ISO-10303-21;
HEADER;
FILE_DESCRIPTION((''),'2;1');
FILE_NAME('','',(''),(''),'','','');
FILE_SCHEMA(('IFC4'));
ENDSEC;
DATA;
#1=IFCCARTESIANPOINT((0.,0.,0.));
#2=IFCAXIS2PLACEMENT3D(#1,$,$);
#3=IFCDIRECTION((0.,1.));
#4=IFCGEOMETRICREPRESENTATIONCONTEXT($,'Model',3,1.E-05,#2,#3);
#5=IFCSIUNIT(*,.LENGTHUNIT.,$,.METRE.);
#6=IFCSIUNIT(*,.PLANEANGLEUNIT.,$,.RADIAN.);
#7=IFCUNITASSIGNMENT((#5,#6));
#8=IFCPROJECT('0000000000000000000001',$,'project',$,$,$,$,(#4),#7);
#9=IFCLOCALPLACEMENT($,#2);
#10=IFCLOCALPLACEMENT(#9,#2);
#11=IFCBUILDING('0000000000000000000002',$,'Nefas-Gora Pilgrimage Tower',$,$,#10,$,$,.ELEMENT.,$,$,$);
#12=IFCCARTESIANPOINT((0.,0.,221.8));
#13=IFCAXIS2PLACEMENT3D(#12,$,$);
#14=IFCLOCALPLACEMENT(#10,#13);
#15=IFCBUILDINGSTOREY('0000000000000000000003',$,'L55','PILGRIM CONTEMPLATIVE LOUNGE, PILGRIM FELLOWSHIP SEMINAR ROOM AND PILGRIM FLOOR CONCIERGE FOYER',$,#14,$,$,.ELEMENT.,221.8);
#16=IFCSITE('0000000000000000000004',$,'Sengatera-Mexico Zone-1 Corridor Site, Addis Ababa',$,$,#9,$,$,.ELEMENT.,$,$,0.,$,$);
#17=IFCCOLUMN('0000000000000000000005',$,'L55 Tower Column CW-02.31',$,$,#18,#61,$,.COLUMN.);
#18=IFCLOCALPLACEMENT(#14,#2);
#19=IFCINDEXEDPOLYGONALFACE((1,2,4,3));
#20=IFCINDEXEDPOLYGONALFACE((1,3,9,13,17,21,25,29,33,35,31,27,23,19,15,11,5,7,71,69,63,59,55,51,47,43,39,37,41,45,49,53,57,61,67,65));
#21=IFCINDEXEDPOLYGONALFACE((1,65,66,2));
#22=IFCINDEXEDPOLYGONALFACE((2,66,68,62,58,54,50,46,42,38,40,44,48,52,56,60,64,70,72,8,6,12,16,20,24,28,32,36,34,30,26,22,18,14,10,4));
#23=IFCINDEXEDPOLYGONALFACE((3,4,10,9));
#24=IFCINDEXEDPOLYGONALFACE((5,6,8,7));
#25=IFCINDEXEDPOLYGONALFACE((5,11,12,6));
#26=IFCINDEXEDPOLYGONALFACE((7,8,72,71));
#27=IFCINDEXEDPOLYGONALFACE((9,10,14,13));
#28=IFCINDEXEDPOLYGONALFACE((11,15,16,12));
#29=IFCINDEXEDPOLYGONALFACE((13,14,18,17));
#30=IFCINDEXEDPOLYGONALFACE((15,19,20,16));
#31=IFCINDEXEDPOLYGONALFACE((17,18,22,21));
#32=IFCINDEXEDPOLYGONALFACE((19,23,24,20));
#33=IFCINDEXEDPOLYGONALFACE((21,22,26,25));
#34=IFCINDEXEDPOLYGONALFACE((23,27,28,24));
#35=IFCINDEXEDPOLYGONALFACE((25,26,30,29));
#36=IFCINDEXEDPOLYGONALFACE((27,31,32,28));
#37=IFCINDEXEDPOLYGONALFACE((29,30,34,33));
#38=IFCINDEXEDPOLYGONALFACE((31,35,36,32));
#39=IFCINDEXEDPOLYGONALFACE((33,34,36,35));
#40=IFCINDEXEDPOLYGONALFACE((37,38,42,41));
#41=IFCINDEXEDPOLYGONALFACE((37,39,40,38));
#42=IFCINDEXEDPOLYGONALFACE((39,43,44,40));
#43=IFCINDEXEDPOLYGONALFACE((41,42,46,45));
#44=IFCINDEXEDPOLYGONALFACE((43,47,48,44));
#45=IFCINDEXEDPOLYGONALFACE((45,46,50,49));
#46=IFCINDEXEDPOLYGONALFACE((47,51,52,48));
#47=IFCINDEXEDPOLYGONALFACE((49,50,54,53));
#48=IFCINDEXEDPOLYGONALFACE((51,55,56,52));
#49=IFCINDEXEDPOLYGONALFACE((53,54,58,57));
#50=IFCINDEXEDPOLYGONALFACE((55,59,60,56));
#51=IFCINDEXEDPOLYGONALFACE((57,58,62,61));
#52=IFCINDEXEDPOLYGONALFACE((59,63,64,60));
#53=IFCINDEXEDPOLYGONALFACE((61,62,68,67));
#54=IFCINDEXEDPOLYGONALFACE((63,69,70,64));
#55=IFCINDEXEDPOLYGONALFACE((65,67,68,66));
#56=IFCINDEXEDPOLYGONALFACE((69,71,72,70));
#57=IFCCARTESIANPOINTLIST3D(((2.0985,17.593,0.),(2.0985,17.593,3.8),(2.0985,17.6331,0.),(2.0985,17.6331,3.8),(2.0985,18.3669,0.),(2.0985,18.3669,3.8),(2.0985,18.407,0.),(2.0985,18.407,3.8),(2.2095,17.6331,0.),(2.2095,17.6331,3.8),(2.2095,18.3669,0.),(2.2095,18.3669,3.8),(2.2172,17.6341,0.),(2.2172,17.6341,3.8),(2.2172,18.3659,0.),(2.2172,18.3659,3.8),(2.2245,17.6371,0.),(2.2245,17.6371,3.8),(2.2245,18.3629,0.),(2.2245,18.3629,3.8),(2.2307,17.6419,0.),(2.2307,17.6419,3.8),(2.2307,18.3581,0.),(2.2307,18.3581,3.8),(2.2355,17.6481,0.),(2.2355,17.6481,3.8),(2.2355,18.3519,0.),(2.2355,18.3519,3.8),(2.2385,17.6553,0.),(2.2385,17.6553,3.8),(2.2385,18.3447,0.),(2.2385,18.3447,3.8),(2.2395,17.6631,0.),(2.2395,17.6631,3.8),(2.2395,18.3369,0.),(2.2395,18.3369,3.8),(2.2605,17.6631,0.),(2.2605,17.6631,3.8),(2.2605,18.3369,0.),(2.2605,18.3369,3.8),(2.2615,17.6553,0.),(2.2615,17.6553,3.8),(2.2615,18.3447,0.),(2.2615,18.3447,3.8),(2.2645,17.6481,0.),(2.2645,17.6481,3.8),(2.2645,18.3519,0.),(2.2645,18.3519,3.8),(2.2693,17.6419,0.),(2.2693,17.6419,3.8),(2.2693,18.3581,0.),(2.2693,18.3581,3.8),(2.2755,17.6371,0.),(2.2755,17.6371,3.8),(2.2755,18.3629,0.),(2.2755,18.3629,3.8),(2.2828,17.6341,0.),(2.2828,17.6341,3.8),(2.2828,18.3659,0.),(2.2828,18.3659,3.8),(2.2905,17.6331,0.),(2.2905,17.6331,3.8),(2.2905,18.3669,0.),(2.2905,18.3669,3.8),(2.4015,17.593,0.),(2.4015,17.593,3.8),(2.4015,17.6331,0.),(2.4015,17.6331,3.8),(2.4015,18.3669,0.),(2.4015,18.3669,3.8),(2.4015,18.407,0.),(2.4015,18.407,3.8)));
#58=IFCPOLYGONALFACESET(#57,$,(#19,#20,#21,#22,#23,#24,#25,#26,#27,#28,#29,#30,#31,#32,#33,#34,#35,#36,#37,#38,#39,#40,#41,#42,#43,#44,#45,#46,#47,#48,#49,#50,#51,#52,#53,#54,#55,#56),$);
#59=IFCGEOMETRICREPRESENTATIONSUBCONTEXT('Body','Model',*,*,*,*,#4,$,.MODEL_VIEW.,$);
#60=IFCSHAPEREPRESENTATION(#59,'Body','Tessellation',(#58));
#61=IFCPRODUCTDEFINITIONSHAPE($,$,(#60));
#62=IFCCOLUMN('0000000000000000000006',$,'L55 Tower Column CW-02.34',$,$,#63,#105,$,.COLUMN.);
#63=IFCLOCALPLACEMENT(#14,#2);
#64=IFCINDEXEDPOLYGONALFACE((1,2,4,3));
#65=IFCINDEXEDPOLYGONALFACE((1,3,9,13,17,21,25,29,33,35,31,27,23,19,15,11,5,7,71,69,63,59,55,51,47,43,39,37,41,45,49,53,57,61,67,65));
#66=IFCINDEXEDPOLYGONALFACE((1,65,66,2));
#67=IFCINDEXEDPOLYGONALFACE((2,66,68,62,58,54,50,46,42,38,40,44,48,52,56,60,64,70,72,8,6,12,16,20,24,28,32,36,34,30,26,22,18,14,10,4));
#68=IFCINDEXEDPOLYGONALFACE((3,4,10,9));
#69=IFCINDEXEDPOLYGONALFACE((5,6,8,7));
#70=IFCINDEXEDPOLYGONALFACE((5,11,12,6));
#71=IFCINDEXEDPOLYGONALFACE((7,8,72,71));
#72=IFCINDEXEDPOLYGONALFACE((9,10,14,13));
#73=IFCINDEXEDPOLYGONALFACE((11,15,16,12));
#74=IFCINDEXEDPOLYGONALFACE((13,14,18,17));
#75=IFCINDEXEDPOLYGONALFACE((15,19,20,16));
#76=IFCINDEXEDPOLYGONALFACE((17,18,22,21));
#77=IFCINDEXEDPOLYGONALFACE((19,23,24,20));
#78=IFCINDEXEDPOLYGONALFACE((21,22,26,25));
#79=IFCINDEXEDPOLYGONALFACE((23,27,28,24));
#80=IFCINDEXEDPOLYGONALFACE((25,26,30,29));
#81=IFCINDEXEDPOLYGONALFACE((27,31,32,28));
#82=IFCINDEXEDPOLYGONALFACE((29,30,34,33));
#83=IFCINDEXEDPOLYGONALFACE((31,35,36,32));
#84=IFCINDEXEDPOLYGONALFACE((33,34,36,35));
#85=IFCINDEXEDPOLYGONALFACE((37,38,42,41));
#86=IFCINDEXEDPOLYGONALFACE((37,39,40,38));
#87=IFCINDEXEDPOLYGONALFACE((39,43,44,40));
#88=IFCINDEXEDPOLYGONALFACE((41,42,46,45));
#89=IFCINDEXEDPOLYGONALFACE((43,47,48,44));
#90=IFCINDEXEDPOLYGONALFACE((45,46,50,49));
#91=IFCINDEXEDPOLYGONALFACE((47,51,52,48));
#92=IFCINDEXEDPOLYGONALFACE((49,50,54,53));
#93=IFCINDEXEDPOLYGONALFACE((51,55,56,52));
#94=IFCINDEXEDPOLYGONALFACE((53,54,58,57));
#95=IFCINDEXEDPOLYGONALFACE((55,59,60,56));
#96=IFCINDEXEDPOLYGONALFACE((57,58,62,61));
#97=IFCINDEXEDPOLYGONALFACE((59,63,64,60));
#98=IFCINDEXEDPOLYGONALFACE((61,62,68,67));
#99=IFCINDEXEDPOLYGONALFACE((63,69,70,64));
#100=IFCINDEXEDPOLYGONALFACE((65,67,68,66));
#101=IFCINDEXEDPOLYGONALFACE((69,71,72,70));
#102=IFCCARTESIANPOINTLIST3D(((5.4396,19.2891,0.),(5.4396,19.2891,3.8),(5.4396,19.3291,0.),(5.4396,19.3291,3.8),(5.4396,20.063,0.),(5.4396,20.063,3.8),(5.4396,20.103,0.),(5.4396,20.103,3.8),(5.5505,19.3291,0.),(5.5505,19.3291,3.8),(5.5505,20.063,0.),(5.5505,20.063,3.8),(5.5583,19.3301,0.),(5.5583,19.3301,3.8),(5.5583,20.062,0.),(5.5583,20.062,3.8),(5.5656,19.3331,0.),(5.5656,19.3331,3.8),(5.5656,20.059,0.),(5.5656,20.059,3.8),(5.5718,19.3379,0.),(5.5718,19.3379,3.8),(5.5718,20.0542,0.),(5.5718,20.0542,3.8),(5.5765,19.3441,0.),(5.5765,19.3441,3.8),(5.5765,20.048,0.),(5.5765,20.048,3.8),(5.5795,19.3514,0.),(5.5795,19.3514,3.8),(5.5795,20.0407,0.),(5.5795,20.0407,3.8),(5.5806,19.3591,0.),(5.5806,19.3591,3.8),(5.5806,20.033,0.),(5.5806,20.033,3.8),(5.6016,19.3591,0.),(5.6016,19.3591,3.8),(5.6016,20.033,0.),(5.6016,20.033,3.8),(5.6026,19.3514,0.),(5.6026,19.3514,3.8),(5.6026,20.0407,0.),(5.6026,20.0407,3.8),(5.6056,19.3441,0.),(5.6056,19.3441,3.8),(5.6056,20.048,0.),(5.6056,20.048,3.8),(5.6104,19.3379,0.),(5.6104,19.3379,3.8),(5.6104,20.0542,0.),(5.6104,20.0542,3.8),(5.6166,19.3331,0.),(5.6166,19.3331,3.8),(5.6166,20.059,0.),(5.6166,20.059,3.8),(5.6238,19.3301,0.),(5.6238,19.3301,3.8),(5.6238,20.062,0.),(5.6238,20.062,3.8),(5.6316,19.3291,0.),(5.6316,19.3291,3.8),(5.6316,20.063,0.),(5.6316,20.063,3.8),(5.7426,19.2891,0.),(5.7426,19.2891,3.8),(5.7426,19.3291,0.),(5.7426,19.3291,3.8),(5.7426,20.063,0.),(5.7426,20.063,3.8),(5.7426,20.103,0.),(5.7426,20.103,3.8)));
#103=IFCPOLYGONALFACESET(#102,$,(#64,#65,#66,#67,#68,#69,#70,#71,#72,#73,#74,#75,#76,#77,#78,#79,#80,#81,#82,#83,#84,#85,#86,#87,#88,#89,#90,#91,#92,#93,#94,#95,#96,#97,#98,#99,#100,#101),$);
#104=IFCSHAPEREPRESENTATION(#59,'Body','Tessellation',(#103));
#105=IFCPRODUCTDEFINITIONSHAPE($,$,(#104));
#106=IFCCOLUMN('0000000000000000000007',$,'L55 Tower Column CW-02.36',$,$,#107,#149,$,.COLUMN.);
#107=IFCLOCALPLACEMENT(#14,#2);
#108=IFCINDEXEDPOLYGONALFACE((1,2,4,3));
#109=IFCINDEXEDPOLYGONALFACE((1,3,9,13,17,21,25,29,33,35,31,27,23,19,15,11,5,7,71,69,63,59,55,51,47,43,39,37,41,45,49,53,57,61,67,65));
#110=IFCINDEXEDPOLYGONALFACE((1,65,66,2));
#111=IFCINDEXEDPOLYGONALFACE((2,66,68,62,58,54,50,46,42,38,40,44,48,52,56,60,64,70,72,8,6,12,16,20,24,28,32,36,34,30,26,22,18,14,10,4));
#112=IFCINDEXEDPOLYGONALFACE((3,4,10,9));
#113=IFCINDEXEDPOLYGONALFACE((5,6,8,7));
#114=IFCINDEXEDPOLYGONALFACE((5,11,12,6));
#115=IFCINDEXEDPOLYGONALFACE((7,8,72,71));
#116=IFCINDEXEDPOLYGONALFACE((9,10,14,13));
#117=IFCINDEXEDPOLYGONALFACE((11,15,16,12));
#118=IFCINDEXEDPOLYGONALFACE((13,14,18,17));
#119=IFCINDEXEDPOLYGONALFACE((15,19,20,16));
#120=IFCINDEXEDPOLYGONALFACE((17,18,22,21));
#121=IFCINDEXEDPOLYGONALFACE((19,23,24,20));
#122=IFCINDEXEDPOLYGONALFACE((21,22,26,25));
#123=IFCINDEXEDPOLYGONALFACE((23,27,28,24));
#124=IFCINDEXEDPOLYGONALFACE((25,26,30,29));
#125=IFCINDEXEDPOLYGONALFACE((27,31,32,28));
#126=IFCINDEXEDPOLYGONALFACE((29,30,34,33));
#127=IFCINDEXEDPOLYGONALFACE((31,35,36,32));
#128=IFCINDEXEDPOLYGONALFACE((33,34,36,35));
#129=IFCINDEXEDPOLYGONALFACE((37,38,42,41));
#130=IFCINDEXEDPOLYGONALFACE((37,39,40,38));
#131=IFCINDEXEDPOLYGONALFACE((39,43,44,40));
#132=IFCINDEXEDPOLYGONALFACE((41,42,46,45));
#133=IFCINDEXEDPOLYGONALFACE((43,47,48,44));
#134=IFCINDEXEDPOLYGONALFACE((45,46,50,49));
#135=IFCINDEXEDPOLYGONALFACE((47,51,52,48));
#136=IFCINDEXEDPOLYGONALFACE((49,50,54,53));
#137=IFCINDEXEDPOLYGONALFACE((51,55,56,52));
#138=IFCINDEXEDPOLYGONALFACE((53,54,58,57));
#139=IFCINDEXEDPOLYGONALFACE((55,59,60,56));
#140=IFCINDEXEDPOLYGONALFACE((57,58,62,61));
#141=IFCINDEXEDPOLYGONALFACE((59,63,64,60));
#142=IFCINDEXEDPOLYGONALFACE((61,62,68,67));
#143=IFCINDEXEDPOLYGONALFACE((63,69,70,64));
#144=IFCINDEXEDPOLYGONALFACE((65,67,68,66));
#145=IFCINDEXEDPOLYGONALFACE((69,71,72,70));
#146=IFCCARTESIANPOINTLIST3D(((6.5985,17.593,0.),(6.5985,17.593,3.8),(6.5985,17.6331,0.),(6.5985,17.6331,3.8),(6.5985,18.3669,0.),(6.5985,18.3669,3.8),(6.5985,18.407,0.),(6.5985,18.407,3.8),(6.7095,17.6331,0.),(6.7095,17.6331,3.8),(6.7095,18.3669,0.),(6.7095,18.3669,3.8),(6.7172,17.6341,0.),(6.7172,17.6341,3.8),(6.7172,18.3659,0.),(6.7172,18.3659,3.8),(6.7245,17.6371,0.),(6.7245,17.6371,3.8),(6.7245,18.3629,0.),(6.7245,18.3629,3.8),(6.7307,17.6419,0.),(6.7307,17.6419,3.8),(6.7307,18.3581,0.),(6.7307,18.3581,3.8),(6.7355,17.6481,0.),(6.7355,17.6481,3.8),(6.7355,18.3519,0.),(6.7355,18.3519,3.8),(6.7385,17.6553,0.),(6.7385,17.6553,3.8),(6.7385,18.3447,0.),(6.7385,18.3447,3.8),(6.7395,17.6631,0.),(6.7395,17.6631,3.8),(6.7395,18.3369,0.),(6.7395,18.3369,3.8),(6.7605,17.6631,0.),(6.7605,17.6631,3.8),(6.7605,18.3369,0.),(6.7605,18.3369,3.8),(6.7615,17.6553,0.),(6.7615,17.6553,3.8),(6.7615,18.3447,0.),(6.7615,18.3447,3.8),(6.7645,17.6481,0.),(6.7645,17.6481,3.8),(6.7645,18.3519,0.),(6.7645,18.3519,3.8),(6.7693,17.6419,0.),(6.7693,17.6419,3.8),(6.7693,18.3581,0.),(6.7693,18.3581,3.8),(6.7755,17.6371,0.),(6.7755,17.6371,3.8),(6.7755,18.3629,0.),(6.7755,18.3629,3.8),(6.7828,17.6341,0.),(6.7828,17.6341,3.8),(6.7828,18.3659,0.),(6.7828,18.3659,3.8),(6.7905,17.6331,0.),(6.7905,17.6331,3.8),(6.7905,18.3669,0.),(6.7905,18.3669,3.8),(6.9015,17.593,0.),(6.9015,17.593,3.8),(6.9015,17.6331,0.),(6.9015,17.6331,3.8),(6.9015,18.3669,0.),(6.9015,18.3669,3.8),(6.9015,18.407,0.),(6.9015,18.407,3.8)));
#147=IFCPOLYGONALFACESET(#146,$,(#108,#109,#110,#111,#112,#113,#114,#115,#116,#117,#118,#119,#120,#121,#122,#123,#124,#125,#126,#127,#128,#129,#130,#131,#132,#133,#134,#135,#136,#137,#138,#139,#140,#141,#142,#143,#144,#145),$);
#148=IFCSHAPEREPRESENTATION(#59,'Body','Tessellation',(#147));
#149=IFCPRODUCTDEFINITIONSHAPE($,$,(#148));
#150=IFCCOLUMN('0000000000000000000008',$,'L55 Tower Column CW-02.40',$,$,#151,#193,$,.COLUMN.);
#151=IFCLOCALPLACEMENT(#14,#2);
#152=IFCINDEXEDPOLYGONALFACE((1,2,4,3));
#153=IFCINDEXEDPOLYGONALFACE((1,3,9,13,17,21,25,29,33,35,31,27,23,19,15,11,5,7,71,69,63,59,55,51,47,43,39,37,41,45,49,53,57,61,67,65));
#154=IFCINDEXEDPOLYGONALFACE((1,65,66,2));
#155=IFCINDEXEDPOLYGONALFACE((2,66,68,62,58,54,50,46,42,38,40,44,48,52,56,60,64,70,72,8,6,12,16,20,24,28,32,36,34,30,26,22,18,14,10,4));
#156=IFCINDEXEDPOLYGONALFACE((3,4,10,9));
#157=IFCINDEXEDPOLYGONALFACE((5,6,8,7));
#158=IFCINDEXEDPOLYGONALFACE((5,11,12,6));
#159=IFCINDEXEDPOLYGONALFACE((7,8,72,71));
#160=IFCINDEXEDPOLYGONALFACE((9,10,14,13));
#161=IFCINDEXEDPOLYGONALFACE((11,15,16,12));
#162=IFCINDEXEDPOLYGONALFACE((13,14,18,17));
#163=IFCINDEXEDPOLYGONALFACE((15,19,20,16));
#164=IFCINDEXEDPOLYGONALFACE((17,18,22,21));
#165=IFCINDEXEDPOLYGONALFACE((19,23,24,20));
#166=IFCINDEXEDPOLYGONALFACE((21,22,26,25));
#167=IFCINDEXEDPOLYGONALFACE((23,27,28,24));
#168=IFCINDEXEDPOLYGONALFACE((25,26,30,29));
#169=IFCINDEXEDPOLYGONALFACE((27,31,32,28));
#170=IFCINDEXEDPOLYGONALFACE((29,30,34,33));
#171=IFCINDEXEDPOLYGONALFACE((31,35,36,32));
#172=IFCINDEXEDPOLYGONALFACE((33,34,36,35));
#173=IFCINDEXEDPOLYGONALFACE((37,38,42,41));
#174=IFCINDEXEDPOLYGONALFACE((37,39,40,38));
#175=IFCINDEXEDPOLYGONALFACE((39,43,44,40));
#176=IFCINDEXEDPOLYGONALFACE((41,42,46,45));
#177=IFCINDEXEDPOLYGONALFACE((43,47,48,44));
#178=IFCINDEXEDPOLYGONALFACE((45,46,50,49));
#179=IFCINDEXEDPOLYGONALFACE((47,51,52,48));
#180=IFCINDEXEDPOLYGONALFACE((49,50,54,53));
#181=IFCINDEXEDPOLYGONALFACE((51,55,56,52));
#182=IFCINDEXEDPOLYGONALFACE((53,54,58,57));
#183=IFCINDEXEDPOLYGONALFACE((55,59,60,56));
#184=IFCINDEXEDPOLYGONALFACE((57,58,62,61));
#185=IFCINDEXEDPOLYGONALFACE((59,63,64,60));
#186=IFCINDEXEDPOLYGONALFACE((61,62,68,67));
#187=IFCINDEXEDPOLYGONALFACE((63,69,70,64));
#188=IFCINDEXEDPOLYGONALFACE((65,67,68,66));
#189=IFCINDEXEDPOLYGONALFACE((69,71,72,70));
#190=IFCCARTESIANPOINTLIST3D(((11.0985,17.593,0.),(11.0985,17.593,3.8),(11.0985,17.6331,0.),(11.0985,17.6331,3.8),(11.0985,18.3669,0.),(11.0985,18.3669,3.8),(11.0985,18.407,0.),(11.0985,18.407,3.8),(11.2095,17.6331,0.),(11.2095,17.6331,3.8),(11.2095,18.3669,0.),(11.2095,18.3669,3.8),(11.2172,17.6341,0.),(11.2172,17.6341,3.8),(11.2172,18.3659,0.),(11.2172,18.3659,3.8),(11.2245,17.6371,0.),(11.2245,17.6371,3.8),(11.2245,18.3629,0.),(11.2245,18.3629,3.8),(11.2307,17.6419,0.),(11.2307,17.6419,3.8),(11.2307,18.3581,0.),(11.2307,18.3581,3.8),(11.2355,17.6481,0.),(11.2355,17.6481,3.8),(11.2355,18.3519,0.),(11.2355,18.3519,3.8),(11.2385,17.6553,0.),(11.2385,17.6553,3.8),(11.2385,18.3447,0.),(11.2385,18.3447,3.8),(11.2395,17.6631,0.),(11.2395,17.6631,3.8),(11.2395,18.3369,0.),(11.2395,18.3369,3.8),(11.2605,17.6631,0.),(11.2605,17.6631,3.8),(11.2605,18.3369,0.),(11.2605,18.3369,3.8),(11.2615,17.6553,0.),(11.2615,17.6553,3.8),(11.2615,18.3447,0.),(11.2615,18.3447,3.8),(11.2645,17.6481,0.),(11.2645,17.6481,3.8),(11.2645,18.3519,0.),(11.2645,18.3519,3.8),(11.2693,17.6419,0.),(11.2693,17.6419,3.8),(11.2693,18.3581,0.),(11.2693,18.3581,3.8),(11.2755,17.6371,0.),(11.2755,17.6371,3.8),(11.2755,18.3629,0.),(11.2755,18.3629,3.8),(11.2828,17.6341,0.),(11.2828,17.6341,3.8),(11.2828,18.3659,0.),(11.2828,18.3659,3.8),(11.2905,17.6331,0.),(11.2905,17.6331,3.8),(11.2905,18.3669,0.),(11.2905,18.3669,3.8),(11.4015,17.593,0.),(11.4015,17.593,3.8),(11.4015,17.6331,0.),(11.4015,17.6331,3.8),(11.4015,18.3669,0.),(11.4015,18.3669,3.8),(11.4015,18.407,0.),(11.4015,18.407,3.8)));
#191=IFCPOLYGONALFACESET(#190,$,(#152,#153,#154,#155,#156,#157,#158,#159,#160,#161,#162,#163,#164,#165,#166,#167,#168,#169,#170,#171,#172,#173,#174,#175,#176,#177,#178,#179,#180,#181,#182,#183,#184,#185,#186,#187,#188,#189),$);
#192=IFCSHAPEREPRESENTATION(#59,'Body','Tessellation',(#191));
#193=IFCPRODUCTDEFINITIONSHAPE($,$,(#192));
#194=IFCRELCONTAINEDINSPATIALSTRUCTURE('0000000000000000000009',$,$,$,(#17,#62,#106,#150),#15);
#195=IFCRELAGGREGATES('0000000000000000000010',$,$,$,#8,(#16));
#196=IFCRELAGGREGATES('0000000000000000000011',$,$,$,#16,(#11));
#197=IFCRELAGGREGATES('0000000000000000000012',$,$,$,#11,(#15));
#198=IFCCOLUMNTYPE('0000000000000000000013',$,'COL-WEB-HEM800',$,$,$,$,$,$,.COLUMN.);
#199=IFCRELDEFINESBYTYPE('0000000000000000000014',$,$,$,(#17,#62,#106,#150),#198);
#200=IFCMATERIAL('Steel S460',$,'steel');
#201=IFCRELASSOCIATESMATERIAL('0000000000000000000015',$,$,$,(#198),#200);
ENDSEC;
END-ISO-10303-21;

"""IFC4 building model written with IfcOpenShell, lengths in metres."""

from ifc_helpers import new_model, si_unit, direction, frame, origin, origin_2d, place, context, subcontext, project, spatial, i_section, extrude, source, transform, mapped, material, material_profile, profile_set, type_object, element, save


model = new_model("IFC4")

# Units and contexts
model_context = context("Model", 3, precision=1e-05, world=origin(), true_north=direction((0.0, 1.0)))
body_context = subcontext(model_context, "Body", "Model", "MODEL_VIEW")
ifc_project = project(units=[si_unit("LENGTHUNIT", "METRE"), si_unit("PLANEANGLEUNIT", "RADIAN")], contexts=[model_context])

# Site, building, storey
site_placement = place(None, origin())
site = spatial("IfcSite", under=ifc_project, at=site_placement, Name="Sengatera-Mexico Zone-1 Corridor Site, Addis Ababa", CompositionType="ELEMENT", RefElevation=0.0)
building_placement = place(site_placement, origin())
building = spatial("IfcBuilding", under=site, at=building_placement, Name="Nefas-Gora Pilgrimage Tower", CompositionType="ELEMENT")
storey_placement = place(building_placement, frame((0.0, 0.0, 221.8)))
storey = spatial("IfcBuildingStorey", under=building, at=storey_placement, Name="L55", Description="PILGRIM CONTEMPLATIVE LOUNGE, PILGRIM FELLOWSHIP SEMINAR ROOM AND PILGRIM FLOOR CONCIERGE FOYER", CompositionType="ELEMENT", Elevation=221.8)

# Columns
ifc_material_1 = material(Name="Steel S460", Category="steel")
ifc_material_profile_1 = material_profile(ifc_material_1, i_section(OverallWidth=0.303, OverallDepth=0.814, WebThickness=0.021, FlangeThickness=0.04, FilletRadius=0.03, at=origin_2d()), Name="HEM 800")
ifc_profile_set_1 = profile_set([ifc_material_profile_1], Name="Steel S460")
column_type_1 = type_object("IfcColumnType", Name="COL-WEB-HEM800", PredefinedType="COLUMN", material=ifc_profile_set_1)
shared_shape_1 = source(origin(), body_context, "Body", "SweptSolid", [
    extrude(i_section(OverallWidth=0.303, OverallDepth=0.814, WebThickness=0.021, FlangeThickness=0.04, FilletRadius=0.03, at=origin_2d()), origin(), (0.0, 0.0, 1.0), 3.8),
])
for number, where, z_axis, x_axis, name in (
    (1, (2.25, 18.0, 0.0), (0.0, 0.0, 1.0), (1.0, 0.0, 0.0), "L55 Tower Column CW-02.31"),
    (2, (5.5911, 19.696, 0.0), (0.0, 0.0, 1.0), (1.0, 0.0, 0.0), "L55 Tower Column CW-02.34"),
    (3, (6.75, 18.0, 0.0), (0.0, 0.0, 1.0), (1.0, 0.0, 0.0), "L55 Tower Column CW-02.36"),
    (4, (11.25, 18.0, 0.0), (0.0, 0.0, 1.0), (1.0, 0.0, 0.0), "L55 Tower Column CW-02.40"),
):
    element("IfcColumn", number, at=place(storey_placement, frame(where, z_axis=z_axis, x_axis=x_axis)), inside=storey, type_object=column_type_1, Name=name, PredefinedType="COLUMN", context=body_context, shape_type="MappedRepresentation", body=[
        mapped(shared_shape_1, transform((0.0, 0.0, 0.0), x_axis=(1.0, 0.0, 0.0), y_axis=(0.0, 1.0, 0.0), z_axis=(0.0, 0.0, 1.0), scale=1.0)),
    ])

save(model, "model.ifc")
